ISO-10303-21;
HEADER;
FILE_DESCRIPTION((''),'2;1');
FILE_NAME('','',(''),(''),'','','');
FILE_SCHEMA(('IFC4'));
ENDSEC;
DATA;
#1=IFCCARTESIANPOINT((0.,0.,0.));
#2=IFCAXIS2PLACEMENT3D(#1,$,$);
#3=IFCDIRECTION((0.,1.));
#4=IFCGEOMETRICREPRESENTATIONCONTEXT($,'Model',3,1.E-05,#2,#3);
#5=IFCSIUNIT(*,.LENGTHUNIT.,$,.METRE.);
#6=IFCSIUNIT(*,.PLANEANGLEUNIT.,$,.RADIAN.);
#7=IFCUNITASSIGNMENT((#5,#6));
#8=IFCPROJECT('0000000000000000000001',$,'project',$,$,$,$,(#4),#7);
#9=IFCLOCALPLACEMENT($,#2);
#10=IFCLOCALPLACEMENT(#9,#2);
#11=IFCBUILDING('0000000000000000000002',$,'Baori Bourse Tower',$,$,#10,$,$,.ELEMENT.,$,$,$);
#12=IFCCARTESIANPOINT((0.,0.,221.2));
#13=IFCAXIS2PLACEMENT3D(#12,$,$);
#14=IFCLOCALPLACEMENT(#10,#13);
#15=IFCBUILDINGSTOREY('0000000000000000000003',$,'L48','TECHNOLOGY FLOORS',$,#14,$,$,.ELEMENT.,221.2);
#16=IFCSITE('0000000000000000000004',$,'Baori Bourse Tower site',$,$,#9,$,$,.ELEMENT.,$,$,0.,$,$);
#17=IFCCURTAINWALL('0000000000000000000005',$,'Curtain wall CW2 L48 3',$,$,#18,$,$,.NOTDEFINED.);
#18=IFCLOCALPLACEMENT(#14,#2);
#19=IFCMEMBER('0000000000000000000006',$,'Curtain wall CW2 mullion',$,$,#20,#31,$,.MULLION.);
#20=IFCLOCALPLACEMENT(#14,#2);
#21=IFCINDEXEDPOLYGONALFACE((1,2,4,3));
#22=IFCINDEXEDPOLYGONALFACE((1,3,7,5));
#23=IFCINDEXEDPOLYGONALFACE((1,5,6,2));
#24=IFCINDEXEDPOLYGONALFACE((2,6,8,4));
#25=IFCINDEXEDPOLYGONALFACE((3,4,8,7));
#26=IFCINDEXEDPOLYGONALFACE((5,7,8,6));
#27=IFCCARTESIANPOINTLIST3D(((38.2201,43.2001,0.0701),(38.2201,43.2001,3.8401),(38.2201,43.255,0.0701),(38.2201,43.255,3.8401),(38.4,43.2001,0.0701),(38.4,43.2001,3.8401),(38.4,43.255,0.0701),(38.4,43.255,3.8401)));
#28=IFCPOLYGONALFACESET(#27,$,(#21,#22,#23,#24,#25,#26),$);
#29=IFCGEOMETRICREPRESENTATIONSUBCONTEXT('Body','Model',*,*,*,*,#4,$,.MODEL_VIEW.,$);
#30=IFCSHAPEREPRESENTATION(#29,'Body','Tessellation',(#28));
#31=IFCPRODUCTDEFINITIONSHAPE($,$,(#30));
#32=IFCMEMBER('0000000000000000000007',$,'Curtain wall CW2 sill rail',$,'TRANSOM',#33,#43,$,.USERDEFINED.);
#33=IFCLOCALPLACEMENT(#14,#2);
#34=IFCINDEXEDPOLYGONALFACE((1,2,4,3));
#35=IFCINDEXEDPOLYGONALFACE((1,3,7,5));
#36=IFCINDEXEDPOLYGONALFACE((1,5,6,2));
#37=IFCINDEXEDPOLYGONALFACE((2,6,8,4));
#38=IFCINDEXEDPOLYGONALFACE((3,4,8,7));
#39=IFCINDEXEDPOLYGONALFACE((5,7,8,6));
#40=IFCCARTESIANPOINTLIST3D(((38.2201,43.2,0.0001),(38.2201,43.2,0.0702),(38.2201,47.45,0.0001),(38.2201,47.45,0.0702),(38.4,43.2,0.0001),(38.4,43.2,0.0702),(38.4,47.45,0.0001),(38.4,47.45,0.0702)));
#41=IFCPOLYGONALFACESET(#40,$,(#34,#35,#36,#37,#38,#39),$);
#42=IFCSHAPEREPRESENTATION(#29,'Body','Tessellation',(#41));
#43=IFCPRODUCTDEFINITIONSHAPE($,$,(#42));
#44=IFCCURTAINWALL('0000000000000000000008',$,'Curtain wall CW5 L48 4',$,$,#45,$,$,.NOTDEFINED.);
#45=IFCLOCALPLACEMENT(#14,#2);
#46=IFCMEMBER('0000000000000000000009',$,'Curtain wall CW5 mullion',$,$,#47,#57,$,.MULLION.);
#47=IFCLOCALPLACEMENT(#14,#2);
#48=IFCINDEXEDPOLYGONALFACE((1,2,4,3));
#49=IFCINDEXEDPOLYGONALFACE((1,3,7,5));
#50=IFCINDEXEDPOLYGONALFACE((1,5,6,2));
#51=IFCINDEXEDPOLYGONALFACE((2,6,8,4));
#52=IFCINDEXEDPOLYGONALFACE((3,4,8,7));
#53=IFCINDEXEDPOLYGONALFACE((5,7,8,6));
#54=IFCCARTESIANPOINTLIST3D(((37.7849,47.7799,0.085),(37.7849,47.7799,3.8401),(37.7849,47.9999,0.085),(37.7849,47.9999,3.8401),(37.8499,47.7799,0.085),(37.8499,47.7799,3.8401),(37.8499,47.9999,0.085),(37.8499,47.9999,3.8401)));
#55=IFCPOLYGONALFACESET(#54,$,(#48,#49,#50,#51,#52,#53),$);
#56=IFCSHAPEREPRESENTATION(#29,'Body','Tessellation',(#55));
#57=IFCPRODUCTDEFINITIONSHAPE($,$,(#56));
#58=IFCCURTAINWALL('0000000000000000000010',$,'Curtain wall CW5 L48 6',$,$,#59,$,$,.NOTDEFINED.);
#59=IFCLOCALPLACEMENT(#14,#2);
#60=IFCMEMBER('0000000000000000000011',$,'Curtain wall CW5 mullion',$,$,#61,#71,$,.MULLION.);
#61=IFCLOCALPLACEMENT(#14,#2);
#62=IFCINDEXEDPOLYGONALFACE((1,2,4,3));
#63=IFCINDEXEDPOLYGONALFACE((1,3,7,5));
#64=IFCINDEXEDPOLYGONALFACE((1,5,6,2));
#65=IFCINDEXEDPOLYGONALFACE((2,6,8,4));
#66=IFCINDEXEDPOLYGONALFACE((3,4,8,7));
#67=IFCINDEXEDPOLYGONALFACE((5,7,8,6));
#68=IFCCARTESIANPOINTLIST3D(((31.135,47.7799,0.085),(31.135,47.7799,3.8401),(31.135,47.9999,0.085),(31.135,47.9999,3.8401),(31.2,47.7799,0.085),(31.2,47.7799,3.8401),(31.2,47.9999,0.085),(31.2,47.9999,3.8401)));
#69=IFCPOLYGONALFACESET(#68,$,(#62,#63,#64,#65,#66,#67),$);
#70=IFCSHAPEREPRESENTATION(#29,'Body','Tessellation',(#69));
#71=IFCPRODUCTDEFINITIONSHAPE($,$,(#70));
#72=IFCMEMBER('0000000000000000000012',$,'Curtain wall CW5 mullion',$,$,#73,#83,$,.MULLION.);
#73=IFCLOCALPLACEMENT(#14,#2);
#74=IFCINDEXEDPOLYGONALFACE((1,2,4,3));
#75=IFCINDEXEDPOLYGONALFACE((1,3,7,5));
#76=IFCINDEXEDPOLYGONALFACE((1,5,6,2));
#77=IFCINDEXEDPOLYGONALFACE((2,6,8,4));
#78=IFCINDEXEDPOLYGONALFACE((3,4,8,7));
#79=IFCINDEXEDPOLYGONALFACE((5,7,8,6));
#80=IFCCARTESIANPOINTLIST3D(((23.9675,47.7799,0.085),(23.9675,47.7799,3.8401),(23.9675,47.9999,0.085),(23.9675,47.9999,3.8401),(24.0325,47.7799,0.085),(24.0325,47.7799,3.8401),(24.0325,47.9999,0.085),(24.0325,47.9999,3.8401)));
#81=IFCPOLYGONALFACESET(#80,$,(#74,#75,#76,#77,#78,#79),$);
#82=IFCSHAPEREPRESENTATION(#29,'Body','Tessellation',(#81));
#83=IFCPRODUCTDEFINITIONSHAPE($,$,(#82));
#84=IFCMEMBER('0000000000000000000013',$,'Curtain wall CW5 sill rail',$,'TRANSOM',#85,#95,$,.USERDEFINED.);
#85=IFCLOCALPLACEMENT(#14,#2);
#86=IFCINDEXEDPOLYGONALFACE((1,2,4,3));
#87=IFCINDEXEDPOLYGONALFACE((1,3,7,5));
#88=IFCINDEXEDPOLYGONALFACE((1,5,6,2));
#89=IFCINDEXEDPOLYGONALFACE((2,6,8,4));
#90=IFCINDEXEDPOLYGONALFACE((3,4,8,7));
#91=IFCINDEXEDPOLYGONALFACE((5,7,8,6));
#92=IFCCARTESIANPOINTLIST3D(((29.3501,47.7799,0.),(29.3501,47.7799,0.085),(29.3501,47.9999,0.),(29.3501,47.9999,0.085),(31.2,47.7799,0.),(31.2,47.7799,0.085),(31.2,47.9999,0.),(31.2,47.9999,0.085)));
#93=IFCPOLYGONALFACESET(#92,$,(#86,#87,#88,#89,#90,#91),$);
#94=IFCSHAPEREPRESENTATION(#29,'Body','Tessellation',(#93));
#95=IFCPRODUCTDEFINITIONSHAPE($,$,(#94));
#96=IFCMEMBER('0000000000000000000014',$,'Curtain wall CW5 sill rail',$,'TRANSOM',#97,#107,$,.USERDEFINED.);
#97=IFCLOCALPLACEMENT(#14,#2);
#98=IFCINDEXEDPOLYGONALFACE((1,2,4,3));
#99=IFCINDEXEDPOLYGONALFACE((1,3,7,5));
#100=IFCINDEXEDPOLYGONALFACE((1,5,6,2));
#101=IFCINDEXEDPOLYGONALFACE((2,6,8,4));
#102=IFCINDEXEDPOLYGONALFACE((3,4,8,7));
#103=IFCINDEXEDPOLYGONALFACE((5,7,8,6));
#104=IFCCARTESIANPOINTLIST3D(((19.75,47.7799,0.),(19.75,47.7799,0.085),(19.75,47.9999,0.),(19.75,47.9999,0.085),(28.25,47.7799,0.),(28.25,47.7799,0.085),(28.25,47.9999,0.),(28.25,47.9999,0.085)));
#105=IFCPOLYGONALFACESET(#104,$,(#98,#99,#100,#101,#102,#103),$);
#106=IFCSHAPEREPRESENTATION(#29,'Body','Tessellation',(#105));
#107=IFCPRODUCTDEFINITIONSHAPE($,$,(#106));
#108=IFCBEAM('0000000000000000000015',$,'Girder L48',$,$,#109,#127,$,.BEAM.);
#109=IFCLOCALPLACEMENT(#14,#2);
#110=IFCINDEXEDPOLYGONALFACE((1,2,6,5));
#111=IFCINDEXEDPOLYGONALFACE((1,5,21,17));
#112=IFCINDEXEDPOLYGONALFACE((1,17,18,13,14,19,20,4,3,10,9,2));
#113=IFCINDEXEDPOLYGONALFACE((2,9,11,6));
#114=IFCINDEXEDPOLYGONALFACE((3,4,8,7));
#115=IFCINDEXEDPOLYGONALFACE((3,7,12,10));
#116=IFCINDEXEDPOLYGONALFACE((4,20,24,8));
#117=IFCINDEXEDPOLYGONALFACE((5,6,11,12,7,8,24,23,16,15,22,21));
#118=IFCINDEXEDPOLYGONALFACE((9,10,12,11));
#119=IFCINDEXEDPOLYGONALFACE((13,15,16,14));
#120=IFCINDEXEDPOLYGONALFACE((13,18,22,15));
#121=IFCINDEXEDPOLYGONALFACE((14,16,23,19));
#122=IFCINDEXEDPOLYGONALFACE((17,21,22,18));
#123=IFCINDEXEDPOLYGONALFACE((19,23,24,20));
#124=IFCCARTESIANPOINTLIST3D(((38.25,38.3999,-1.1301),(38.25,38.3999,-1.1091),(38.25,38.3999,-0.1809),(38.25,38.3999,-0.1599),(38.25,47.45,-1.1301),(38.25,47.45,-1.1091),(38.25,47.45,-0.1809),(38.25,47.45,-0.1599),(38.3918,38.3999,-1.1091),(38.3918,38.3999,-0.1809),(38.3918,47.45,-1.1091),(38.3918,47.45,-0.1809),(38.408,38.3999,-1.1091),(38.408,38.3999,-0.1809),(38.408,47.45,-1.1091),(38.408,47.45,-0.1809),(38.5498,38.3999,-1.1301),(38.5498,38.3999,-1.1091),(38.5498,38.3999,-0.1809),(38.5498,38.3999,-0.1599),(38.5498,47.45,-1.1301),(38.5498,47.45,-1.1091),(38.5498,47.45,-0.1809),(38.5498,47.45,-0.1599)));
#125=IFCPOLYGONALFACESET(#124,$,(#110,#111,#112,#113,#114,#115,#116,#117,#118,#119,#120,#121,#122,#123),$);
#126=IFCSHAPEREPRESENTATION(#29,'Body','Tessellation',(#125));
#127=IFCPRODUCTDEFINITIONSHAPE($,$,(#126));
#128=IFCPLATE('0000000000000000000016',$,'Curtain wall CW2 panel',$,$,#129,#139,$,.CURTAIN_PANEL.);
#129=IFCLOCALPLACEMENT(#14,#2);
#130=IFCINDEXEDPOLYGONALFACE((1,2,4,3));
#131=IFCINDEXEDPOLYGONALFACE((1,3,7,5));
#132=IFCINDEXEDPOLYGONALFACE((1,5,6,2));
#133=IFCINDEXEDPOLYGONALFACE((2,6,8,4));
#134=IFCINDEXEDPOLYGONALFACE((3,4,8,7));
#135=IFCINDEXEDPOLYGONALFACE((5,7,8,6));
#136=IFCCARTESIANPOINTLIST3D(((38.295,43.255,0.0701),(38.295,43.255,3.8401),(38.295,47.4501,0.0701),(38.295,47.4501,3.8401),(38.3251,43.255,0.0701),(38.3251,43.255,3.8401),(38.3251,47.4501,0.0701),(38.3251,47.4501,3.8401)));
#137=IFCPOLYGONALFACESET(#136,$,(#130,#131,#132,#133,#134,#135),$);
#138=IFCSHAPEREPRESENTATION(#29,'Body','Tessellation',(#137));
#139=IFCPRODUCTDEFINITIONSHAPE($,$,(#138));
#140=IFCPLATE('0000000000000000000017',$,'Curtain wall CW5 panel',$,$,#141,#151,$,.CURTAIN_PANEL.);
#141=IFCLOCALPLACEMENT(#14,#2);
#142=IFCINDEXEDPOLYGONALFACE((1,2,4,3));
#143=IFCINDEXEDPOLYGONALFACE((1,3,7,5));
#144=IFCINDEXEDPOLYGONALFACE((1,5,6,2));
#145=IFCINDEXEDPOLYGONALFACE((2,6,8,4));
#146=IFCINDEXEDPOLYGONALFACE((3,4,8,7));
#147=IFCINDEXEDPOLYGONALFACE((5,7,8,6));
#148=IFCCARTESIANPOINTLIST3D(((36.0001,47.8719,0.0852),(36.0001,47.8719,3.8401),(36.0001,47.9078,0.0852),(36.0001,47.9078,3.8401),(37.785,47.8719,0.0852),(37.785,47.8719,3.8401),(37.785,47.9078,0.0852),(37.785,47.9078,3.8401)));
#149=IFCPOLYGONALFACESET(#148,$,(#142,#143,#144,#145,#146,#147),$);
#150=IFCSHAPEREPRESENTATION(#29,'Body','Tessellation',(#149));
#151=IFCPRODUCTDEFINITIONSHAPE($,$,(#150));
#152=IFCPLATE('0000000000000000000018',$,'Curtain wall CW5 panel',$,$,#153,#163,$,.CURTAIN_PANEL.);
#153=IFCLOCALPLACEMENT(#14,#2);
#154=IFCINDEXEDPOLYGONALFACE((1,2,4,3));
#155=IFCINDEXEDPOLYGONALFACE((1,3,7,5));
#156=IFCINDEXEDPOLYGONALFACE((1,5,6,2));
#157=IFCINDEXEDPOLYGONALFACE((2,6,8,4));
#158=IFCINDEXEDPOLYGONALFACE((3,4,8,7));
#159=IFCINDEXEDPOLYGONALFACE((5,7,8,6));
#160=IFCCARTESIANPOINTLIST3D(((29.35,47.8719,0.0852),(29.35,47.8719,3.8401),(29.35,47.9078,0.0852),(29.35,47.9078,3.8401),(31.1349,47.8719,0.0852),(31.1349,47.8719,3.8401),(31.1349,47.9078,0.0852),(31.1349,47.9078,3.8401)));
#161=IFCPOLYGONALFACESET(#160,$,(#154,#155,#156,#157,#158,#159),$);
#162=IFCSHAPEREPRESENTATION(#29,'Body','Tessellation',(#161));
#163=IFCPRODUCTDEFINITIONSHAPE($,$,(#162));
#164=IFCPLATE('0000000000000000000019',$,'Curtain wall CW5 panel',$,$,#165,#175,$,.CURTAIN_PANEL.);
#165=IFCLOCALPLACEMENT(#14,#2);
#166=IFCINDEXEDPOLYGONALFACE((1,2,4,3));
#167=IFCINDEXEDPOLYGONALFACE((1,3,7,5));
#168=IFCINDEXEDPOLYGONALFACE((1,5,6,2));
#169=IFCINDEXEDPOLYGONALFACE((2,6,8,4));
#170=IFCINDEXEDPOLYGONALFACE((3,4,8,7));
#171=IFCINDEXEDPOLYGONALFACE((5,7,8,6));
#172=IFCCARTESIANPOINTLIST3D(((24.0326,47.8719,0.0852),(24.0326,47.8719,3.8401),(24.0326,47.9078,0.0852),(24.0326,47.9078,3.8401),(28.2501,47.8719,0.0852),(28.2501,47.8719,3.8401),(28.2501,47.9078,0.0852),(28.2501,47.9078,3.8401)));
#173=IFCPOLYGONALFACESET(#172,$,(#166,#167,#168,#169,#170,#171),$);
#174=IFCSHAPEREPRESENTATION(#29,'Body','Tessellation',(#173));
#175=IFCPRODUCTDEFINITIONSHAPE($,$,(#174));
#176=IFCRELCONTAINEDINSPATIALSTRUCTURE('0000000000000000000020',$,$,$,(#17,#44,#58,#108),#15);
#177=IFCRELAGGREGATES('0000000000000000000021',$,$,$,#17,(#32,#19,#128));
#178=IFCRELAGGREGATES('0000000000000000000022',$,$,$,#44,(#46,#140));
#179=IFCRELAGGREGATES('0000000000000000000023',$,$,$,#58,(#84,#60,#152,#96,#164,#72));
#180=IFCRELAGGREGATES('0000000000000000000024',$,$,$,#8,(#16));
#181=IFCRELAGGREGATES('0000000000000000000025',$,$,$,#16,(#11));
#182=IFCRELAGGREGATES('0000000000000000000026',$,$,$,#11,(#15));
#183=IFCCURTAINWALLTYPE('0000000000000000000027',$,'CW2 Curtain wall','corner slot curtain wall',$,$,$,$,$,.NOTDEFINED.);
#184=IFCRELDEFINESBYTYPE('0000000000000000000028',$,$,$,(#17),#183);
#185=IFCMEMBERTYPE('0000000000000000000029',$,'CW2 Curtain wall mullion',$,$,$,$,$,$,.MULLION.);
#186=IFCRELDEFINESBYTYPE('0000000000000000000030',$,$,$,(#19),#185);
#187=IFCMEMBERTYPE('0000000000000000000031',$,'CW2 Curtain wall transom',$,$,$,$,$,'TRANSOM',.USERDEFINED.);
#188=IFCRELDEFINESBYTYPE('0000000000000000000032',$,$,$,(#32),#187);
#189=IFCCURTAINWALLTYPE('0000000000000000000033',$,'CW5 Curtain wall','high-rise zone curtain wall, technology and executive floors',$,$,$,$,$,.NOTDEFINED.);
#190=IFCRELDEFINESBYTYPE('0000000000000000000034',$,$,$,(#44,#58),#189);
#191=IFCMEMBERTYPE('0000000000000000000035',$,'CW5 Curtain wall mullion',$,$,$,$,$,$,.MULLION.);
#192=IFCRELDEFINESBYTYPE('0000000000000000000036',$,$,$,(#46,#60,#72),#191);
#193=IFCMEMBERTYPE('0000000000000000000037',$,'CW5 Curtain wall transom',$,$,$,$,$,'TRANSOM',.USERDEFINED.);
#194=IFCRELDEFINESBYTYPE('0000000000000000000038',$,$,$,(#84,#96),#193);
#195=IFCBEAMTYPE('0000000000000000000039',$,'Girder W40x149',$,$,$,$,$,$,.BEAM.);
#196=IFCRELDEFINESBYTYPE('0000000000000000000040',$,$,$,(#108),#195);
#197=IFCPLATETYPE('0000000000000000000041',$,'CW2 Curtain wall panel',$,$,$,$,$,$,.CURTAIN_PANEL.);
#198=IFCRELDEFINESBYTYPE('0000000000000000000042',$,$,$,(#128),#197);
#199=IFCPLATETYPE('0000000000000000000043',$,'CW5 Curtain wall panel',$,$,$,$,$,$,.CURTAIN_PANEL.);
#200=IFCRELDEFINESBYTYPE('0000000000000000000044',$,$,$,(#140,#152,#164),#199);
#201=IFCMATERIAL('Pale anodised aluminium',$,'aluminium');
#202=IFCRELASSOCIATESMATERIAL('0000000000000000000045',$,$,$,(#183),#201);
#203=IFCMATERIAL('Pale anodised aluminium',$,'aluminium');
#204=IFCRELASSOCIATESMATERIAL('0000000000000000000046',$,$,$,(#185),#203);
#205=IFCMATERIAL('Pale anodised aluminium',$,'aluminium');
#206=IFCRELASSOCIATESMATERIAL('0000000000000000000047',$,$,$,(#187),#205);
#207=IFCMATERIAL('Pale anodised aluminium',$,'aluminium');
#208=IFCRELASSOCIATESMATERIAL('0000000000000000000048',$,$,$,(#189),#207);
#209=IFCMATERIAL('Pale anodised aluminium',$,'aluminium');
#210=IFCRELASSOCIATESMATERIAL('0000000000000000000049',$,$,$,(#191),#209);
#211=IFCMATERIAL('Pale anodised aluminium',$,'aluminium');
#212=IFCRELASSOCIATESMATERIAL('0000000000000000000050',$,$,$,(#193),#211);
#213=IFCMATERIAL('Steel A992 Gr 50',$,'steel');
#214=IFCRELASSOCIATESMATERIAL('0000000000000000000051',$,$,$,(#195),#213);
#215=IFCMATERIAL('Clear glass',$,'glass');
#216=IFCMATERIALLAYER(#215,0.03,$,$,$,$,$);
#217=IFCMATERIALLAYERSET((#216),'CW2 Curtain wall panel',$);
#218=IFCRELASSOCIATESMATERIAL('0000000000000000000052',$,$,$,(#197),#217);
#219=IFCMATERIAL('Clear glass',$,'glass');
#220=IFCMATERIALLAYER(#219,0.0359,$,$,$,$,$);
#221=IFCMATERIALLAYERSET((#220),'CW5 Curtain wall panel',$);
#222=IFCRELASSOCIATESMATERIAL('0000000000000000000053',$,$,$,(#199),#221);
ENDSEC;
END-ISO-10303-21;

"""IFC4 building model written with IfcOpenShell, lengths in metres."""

from ifc_helpers import new_model, si_unit, direction, frame, origin, origin_2d, place, context, subcontext, project, spatial, rectangle, i_section, extrude, material, layer, layer_set, material_profile, profile_set, type_object, element, aggregate, save


model = new_model("IFC4")

# Units and contexts
model_context = context("Model", 3, precision=1e-05, world=origin(), true_north=direction((0.0, 1.0)))
body_context = subcontext(model_context, "Body", "Model", "MODEL_VIEW")
ifc_project = project(units=[si_unit("LENGTHUNIT", "METRE"), si_unit("PLANEANGLEUNIT", "RADIAN")], contexts=[model_context])

# Site, building, storey
site_placement = place(None, origin())
site = spatial("IfcSite", under=ifc_project, at=site_placement, Name="Baori Bourse Tower site", CompositionType="ELEMENT", RefElevation=0.0)
building_placement = place(site_placement, origin())
building = spatial("IfcBuilding", under=site, at=building_placement, Name="Baori Bourse Tower", CompositionType="ELEMENT")
storey_placement = place(building_placement, frame((0.0, 0.0, 221.2)))
storey = spatial("IfcBuildingStorey", under=building, at=storey_placement, Name="L48", Description="TECHNOLOGY FLOORS", CompositionType="ELEMENT", Elevation=221.2)

# Curtain wall, members
ifc_material_1 = material(Name="Pale anodised aluminium", Category="aluminium")
curtain_wall_type_1 = type_object("IfcCurtainWallType", Name="CW2 Curtain wall", Description="corner slot curtain wall", PredefinedType="NOTDEFINED", material=ifc_material_1)
curtain_wall_1_placement = place(storey_placement, origin())
curtain_wall_1 = element("IfcCurtainWall", 1, at=curtain_wall_1_placement, inside=storey, type_object=curtain_wall_type_1, Name="Curtain wall CW2 L48 3", PredefinedType="NOTDEFINED")
ifc_material_2 = material(Name="Pale anodised aluminium", Category="aluminium")
ifc_material_profile_1 = material_profile(ifc_material_2, rectangle(XDim=0.1799, YDim=0.0549, at=origin_2d()), Name="Mullion 55x180")
ifc_profile_set_1 = profile_set([ifc_material_profile_1], Name="Pale anodised aluminium")
member_type_1 = type_object("IfcMemberType", Name="CW2 Curtain wall mullion", PredefinedType="MULLION", material=ifc_profile_set_1)
member_1_placement = place(storey_placement, frame((38.3101, 43.2275, 0.0701), z_axis=(0.0, 0.0, 1.0), x_axis=(-1.0, 0.0, 0.0)))
member_1 = element("IfcMember", 2, at=member_1_placement, type_object=member_type_1, Name="Curtain wall CW2 mullion", PredefinedType="MULLION", context=body_context, shape_type="SweptSolid", body=[
    extrude(rectangle(XDim=0.1799, YDim=0.0549, at=origin_2d()), origin(), (0.0, 0.0, 1.0), 3.77),
])
ifc_material_3 = material(Name="Pale anodised aluminium", Category="aluminium")
ifc_material_profile_2 = material_profile(ifc_material_3, rectangle(XDim=0.1799, YDim=0.0701, at=origin_2d()), Name="Transom 70x180")
ifc_profile_set_2 = profile_set([ifc_material_profile_2], Name="Pale anodised aluminium")
member_type_2 = type_object("IfcMemberType", Name="CW2 Curtain wall transom", ElementType="TRANSOM", PredefinedType="USERDEFINED", material=ifc_profile_set_2)
member_2_placement = place(storey_placement, frame((38.3101, 43.2, 0.0352), z_axis=(0.0, 1.0, 0.0), x_axis=(-1.0, 0.0, 0.0)))
member_2 = element("IfcMember", 3, at=member_2_placement, type_object=member_type_2, Name="Curtain wall CW2 sill rail", ObjectType="TRANSOM", PredefinedType="USERDEFINED", context=body_context, shape_type="SweptSolid", body=[
    extrude(rectangle(XDim=0.1799, YDim=0.0701, at=origin_2d()), origin(), (0.0, 0.0, 1.0), 4.25),
])

# Curtain wall, member
ifc_material_4 = material(Name="Pale anodised aluminium", Category="aluminium")
curtain_wall_type_2 = type_object("IfcCurtainWallType", Name="CW5 Curtain wall", Description="high-rise zone curtain wall, technology and executive floors", PredefinedType="NOTDEFINED", material=ifc_material_4)
curtain_wall_2_placement = place(storey_placement, origin())
curtain_wall_2 = element("IfcCurtainWall", 4, at=curtain_wall_2_placement, inside=storey, type_object=curtain_wall_type_2, Name="Curtain wall CW5 L48 4", PredefinedType="NOTDEFINED")
ifc_material_5 = material(Name="Pale anodised aluminium", Category="aluminium")
ifc_material_profile_3 = material_profile(ifc_material_5, rectangle(XDim=0.22, YDim=0.0649, at=origin_2d()), Name="Mullion 65x220")
ifc_profile_set_3 = profile_set([ifc_material_profile_3], Name="Pale anodised aluminium")
member_type_3 = type_object("IfcMemberType", Name="CW5 Curtain wall mullion", PredefinedType="MULLION", material=ifc_profile_set_3)
member_3_placement = place(storey_placement, frame((37.8174, 47.8899, 0.085), z_axis=(0.0, 0.0, 1.0), x_axis=(0.0, -1.0, 0.0)))
member_3 = element("IfcMember", 5, at=member_3_placement, type_object=member_type_3, Name="Curtain wall CW5 mullion", PredefinedType="MULLION", context=body_context, shape_type="SweptSolid", body=[
    extrude(rectangle(XDim=0.22, YDim=0.0649, at=origin_2d()), origin(), (0.0, 0.0, 1.0), 3.7551),
])

# Curtain wall, members
curtain_wall_3_placement = place(storey_placement, origin())
curtain_wall_3 = element("IfcCurtainWall", 6, at=curtain_wall_3_placement, inside=storey, type_object=curtain_wall_type_2, Name="Curtain wall CW5 L48 6", PredefinedType="NOTDEFINED")
member_4_placement = place(storey_placement, frame((31.1675, 47.8899, 0.085), z_axis=(0.0, 0.0, 1.0), x_axis=(0.0, -1.0, 0.0)))
member_4 = element("IfcMember", 7, at=member_4_placement, type_object=member_type_3, Name="Curtain wall CW5 mullion", PredefinedType="MULLION", context=body_context, shape_type="SweptSolid", body=[
    extrude(rectangle(XDim=0.22, YDim=0.0649, at=origin_2d()), origin(), (0.0, 0.0, 1.0), 3.7551),
])
member_5_placement = place(storey_placement, frame((24.0, 47.8899, 0.085), z_axis=(0.0, 0.0, 1.0), x_axis=(0.0, -1.0, 0.0)))
member_5 = element("IfcMember", 8, at=member_5_placement, type_object=member_type_3, Name="Curtain wall CW5 mullion", PredefinedType="MULLION", context=body_context, shape_type="SweptSolid", body=[
    extrude(rectangle(XDim=0.22, YDim=0.0649, at=origin_2d()), origin(), (0.0, 0.0, 1.0), 3.7551),
])
ifc_material_6 = material(Name="Pale anodised aluminium", Category="aluminium")
ifc_material_profile_4 = material_profile(ifc_material_6, rectangle(XDim=0.22, YDim=0.085, at=origin_2d()), Name="Transom 85x220")
ifc_profile_set_4 = profile_set([ifc_material_profile_4], Name="Pale anodised aluminium")
member_type_4 = type_object("IfcMemberType", Name="CW5 Curtain wall transom", ElementType="TRANSOM", PredefinedType="USERDEFINED", material=ifc_profile_set_4)
member_6_placement = place(storey_placement, frame((31.2, 47.8899, 0.0425), z_axis=(-1.0, 0.0, 0.0), x_axis=(0.0, -1.0, 0.0)))
member_6 = element("IfcMember", 9, at=member_6_placement, type_object=member_type_4, Name="Curtain wall CW5 sill rail", ObjectType="TRANSOM", PredefinedType="USERDEFINED", context=body_context, shape_type="SweptSolid", body=[
    extrude(rectangle(XDim=0.22, YDim=0.085, at=origin_2d()), origin(), (0.0, 0.0, 1.0), 1.8499),
])
member_7_placement = place(storey_placement, frame((28.25, 47.8899, 0.0425), z_axis=(-1.0, 0.0, 0.0), x_axis=(0.0, -1.0, 0.0)))
member_7 = element("IfcMember", 10, at=member_7_placement, type_object=member_type_4, Name="Curtain wall CW5 sill rail", ObjectType="TRANSOM", PredefinedType="USERDEFINED", context=body_context, shape_type="SweptSolid", body=[
    extrude(rectangle(XDim=0.22, YDim=0.085, at=origin_2d()), origin(), (0.0, 0.0, 1.0), 8.5),
])

# Beam
ifc_material_7 = material(Name="Steel A992 Gr 50", Category="steel")
ifc_material_profile_5 = material_profile(ifc_material_7, i_section(OverallWidth=0.2998, OverallDepth=0.9702, WebThickness=0.0161, FlangeThickness=0.021, at=origin_2d()), Name="W40x149")
ifc_profile_set_5 = profile_set([ifc_material_profile_5], Name="Steel A992 Gr 50")
beam_type = type_object("IfcBeamType", Name="Girder W40x149", PredefinedType="BEAM", material=ifc_profile_set_5)
beam_placement = place(storey_placement, frame((38.3999, 38.3999, -0.645), z_axis=(0.0, 1.0, 0.0), x_axis=(-1.0, 0.0, 0.0)))
element("IfcBeam", 11, at=beam_placement, inside=storey, type_object=beam_type, Name="Girder L48", PredefinedType="BEAM", context=body_context, shape_type="SweptSolid", body=[
    extrude(i_section(OverallWidth=0.2998, OverallDepth=0.9702, WebThickness=0.0161, FlangeThickness=0.021, at=origin_2d()), origin(), (0.0, 0.0, 1.0), 9.05),
])

# Plates
ifc_material_8 = material(Name="Clear glass", Category="glass")
ifc_layer_1 = layer(ifc_material_8, 0.03)
ifc_layer_set_1 = layer_set([ifc_layer_1], Name="CW2 Curtain wall panel")
plate_type_1 = type_object("IfcPlateType", Name="CW2 Curtain wall panel", PredefinedType="CURTAIN_PANEL", material=ifc_layer_set_1)
plate_1_placement = place(storey_placement, frame((38.3101, 45.3525, 0.0701), z_axis=(0.0, 0.0, 1.0), x_axis=(0.0, 1.0, 0.0)))
plate_1 = element("IfcPlate", 12, at=plate_1_placement, type_object=plate_type_1, Name="Curtain wall CW2 panel", PredefinedType="CURTAIN_PANEL", context=body_context, shape_type="SweptSolid", body=[
    extrude(rectangle(XDim=4.1951, YDim=0.03, at=origin_2d()), origin(), (0.0, 0.0, 1.0), 3.77),
])
aggregate(curtain_wall_1, [member_2, member_1, plate_1])
ifc_material_9 = material(Name="Clear glass", Category="glass")
ifc_layer_2 = layer(ifc_material_9, 0.0359)
ifc_layer_set_2 = layer_set([ifc_layer_2], Name="CW5 Curtain wall panel")
plate_type_2 = type_object("IfcPlateType", Name="CW5 Curtain wall panel", PredefinedType="CURTAIN_PANEL", material=ifc_layer_set_2)
plate_2_placement = place(storey_placement, frame((36.8926, 47.8899, 0.0852), z_axis=(0.0, 0.0, 1.0), x_axis=(-1.0, 0.0, 0.0)))
plate_2 = element("IfcPlate", 13, at=plate_2_placement, type_object=plate_type_2, Name="Curtain wall CW5 panel", PredefinedType="CURTAIN_PANEL", context=body_context, shape_type="SweptSolid", body=[
    extrude(rectangle(XDim=1.7849, YDim=0.0359, at=origin_2d()), origin(), (0.0, 0.0, 1.0), 3.7549),
])
aggregate(curtain_wall_2, [member_3, plate_2])
plate_3_placement = place(storey_placement, frame((30.2424, 47.8899, 0.0852), z_axis=(0.0, 0.0, 1.0), x_axis=(-1.0, 0.0, 0.0)))
plate_3 = element("IfcPlate", 14, at=plate_3_placement, type_object=plate_type_2, Name="Curtain wall CW5 panel", PredefinedType="CURTAIN_PANEL", context=body_context, shape_type="SweptSolid", body=[
    extrude(rectangle(XDim=1.7849, YDim=0.0359, at=origin_2d()), origin(), (0.0, 0.0, 1.0), 3.7549),
])
plate_4_placement = place(storey_placement, frame((26.1414, 47.8899, 0.0852), z_axis=(0.0, 0.0, 1.0), x_axis=(-1.0, 0.0, 0.0)))
plate_4 = element("IfcPlate", 15, at=plate_4_placement, type_object=plate_type_2, Name="Curtain wall CW5 panel", PredefinedType="CURTAIN_PANEL", context=body_context, shape_type="SweptSolid", body=[
    extrude(rectangle(XDim=4.2175, YDim=0.0359, at=origin_2d()), origin(), (0.0, 0.0, 1.0), 3.7549),
])
aggregate(curtain_wall_3, [member_6, member_4, plate_3, member_7, plate_4, member_5])

save(model, "model.ifc")
